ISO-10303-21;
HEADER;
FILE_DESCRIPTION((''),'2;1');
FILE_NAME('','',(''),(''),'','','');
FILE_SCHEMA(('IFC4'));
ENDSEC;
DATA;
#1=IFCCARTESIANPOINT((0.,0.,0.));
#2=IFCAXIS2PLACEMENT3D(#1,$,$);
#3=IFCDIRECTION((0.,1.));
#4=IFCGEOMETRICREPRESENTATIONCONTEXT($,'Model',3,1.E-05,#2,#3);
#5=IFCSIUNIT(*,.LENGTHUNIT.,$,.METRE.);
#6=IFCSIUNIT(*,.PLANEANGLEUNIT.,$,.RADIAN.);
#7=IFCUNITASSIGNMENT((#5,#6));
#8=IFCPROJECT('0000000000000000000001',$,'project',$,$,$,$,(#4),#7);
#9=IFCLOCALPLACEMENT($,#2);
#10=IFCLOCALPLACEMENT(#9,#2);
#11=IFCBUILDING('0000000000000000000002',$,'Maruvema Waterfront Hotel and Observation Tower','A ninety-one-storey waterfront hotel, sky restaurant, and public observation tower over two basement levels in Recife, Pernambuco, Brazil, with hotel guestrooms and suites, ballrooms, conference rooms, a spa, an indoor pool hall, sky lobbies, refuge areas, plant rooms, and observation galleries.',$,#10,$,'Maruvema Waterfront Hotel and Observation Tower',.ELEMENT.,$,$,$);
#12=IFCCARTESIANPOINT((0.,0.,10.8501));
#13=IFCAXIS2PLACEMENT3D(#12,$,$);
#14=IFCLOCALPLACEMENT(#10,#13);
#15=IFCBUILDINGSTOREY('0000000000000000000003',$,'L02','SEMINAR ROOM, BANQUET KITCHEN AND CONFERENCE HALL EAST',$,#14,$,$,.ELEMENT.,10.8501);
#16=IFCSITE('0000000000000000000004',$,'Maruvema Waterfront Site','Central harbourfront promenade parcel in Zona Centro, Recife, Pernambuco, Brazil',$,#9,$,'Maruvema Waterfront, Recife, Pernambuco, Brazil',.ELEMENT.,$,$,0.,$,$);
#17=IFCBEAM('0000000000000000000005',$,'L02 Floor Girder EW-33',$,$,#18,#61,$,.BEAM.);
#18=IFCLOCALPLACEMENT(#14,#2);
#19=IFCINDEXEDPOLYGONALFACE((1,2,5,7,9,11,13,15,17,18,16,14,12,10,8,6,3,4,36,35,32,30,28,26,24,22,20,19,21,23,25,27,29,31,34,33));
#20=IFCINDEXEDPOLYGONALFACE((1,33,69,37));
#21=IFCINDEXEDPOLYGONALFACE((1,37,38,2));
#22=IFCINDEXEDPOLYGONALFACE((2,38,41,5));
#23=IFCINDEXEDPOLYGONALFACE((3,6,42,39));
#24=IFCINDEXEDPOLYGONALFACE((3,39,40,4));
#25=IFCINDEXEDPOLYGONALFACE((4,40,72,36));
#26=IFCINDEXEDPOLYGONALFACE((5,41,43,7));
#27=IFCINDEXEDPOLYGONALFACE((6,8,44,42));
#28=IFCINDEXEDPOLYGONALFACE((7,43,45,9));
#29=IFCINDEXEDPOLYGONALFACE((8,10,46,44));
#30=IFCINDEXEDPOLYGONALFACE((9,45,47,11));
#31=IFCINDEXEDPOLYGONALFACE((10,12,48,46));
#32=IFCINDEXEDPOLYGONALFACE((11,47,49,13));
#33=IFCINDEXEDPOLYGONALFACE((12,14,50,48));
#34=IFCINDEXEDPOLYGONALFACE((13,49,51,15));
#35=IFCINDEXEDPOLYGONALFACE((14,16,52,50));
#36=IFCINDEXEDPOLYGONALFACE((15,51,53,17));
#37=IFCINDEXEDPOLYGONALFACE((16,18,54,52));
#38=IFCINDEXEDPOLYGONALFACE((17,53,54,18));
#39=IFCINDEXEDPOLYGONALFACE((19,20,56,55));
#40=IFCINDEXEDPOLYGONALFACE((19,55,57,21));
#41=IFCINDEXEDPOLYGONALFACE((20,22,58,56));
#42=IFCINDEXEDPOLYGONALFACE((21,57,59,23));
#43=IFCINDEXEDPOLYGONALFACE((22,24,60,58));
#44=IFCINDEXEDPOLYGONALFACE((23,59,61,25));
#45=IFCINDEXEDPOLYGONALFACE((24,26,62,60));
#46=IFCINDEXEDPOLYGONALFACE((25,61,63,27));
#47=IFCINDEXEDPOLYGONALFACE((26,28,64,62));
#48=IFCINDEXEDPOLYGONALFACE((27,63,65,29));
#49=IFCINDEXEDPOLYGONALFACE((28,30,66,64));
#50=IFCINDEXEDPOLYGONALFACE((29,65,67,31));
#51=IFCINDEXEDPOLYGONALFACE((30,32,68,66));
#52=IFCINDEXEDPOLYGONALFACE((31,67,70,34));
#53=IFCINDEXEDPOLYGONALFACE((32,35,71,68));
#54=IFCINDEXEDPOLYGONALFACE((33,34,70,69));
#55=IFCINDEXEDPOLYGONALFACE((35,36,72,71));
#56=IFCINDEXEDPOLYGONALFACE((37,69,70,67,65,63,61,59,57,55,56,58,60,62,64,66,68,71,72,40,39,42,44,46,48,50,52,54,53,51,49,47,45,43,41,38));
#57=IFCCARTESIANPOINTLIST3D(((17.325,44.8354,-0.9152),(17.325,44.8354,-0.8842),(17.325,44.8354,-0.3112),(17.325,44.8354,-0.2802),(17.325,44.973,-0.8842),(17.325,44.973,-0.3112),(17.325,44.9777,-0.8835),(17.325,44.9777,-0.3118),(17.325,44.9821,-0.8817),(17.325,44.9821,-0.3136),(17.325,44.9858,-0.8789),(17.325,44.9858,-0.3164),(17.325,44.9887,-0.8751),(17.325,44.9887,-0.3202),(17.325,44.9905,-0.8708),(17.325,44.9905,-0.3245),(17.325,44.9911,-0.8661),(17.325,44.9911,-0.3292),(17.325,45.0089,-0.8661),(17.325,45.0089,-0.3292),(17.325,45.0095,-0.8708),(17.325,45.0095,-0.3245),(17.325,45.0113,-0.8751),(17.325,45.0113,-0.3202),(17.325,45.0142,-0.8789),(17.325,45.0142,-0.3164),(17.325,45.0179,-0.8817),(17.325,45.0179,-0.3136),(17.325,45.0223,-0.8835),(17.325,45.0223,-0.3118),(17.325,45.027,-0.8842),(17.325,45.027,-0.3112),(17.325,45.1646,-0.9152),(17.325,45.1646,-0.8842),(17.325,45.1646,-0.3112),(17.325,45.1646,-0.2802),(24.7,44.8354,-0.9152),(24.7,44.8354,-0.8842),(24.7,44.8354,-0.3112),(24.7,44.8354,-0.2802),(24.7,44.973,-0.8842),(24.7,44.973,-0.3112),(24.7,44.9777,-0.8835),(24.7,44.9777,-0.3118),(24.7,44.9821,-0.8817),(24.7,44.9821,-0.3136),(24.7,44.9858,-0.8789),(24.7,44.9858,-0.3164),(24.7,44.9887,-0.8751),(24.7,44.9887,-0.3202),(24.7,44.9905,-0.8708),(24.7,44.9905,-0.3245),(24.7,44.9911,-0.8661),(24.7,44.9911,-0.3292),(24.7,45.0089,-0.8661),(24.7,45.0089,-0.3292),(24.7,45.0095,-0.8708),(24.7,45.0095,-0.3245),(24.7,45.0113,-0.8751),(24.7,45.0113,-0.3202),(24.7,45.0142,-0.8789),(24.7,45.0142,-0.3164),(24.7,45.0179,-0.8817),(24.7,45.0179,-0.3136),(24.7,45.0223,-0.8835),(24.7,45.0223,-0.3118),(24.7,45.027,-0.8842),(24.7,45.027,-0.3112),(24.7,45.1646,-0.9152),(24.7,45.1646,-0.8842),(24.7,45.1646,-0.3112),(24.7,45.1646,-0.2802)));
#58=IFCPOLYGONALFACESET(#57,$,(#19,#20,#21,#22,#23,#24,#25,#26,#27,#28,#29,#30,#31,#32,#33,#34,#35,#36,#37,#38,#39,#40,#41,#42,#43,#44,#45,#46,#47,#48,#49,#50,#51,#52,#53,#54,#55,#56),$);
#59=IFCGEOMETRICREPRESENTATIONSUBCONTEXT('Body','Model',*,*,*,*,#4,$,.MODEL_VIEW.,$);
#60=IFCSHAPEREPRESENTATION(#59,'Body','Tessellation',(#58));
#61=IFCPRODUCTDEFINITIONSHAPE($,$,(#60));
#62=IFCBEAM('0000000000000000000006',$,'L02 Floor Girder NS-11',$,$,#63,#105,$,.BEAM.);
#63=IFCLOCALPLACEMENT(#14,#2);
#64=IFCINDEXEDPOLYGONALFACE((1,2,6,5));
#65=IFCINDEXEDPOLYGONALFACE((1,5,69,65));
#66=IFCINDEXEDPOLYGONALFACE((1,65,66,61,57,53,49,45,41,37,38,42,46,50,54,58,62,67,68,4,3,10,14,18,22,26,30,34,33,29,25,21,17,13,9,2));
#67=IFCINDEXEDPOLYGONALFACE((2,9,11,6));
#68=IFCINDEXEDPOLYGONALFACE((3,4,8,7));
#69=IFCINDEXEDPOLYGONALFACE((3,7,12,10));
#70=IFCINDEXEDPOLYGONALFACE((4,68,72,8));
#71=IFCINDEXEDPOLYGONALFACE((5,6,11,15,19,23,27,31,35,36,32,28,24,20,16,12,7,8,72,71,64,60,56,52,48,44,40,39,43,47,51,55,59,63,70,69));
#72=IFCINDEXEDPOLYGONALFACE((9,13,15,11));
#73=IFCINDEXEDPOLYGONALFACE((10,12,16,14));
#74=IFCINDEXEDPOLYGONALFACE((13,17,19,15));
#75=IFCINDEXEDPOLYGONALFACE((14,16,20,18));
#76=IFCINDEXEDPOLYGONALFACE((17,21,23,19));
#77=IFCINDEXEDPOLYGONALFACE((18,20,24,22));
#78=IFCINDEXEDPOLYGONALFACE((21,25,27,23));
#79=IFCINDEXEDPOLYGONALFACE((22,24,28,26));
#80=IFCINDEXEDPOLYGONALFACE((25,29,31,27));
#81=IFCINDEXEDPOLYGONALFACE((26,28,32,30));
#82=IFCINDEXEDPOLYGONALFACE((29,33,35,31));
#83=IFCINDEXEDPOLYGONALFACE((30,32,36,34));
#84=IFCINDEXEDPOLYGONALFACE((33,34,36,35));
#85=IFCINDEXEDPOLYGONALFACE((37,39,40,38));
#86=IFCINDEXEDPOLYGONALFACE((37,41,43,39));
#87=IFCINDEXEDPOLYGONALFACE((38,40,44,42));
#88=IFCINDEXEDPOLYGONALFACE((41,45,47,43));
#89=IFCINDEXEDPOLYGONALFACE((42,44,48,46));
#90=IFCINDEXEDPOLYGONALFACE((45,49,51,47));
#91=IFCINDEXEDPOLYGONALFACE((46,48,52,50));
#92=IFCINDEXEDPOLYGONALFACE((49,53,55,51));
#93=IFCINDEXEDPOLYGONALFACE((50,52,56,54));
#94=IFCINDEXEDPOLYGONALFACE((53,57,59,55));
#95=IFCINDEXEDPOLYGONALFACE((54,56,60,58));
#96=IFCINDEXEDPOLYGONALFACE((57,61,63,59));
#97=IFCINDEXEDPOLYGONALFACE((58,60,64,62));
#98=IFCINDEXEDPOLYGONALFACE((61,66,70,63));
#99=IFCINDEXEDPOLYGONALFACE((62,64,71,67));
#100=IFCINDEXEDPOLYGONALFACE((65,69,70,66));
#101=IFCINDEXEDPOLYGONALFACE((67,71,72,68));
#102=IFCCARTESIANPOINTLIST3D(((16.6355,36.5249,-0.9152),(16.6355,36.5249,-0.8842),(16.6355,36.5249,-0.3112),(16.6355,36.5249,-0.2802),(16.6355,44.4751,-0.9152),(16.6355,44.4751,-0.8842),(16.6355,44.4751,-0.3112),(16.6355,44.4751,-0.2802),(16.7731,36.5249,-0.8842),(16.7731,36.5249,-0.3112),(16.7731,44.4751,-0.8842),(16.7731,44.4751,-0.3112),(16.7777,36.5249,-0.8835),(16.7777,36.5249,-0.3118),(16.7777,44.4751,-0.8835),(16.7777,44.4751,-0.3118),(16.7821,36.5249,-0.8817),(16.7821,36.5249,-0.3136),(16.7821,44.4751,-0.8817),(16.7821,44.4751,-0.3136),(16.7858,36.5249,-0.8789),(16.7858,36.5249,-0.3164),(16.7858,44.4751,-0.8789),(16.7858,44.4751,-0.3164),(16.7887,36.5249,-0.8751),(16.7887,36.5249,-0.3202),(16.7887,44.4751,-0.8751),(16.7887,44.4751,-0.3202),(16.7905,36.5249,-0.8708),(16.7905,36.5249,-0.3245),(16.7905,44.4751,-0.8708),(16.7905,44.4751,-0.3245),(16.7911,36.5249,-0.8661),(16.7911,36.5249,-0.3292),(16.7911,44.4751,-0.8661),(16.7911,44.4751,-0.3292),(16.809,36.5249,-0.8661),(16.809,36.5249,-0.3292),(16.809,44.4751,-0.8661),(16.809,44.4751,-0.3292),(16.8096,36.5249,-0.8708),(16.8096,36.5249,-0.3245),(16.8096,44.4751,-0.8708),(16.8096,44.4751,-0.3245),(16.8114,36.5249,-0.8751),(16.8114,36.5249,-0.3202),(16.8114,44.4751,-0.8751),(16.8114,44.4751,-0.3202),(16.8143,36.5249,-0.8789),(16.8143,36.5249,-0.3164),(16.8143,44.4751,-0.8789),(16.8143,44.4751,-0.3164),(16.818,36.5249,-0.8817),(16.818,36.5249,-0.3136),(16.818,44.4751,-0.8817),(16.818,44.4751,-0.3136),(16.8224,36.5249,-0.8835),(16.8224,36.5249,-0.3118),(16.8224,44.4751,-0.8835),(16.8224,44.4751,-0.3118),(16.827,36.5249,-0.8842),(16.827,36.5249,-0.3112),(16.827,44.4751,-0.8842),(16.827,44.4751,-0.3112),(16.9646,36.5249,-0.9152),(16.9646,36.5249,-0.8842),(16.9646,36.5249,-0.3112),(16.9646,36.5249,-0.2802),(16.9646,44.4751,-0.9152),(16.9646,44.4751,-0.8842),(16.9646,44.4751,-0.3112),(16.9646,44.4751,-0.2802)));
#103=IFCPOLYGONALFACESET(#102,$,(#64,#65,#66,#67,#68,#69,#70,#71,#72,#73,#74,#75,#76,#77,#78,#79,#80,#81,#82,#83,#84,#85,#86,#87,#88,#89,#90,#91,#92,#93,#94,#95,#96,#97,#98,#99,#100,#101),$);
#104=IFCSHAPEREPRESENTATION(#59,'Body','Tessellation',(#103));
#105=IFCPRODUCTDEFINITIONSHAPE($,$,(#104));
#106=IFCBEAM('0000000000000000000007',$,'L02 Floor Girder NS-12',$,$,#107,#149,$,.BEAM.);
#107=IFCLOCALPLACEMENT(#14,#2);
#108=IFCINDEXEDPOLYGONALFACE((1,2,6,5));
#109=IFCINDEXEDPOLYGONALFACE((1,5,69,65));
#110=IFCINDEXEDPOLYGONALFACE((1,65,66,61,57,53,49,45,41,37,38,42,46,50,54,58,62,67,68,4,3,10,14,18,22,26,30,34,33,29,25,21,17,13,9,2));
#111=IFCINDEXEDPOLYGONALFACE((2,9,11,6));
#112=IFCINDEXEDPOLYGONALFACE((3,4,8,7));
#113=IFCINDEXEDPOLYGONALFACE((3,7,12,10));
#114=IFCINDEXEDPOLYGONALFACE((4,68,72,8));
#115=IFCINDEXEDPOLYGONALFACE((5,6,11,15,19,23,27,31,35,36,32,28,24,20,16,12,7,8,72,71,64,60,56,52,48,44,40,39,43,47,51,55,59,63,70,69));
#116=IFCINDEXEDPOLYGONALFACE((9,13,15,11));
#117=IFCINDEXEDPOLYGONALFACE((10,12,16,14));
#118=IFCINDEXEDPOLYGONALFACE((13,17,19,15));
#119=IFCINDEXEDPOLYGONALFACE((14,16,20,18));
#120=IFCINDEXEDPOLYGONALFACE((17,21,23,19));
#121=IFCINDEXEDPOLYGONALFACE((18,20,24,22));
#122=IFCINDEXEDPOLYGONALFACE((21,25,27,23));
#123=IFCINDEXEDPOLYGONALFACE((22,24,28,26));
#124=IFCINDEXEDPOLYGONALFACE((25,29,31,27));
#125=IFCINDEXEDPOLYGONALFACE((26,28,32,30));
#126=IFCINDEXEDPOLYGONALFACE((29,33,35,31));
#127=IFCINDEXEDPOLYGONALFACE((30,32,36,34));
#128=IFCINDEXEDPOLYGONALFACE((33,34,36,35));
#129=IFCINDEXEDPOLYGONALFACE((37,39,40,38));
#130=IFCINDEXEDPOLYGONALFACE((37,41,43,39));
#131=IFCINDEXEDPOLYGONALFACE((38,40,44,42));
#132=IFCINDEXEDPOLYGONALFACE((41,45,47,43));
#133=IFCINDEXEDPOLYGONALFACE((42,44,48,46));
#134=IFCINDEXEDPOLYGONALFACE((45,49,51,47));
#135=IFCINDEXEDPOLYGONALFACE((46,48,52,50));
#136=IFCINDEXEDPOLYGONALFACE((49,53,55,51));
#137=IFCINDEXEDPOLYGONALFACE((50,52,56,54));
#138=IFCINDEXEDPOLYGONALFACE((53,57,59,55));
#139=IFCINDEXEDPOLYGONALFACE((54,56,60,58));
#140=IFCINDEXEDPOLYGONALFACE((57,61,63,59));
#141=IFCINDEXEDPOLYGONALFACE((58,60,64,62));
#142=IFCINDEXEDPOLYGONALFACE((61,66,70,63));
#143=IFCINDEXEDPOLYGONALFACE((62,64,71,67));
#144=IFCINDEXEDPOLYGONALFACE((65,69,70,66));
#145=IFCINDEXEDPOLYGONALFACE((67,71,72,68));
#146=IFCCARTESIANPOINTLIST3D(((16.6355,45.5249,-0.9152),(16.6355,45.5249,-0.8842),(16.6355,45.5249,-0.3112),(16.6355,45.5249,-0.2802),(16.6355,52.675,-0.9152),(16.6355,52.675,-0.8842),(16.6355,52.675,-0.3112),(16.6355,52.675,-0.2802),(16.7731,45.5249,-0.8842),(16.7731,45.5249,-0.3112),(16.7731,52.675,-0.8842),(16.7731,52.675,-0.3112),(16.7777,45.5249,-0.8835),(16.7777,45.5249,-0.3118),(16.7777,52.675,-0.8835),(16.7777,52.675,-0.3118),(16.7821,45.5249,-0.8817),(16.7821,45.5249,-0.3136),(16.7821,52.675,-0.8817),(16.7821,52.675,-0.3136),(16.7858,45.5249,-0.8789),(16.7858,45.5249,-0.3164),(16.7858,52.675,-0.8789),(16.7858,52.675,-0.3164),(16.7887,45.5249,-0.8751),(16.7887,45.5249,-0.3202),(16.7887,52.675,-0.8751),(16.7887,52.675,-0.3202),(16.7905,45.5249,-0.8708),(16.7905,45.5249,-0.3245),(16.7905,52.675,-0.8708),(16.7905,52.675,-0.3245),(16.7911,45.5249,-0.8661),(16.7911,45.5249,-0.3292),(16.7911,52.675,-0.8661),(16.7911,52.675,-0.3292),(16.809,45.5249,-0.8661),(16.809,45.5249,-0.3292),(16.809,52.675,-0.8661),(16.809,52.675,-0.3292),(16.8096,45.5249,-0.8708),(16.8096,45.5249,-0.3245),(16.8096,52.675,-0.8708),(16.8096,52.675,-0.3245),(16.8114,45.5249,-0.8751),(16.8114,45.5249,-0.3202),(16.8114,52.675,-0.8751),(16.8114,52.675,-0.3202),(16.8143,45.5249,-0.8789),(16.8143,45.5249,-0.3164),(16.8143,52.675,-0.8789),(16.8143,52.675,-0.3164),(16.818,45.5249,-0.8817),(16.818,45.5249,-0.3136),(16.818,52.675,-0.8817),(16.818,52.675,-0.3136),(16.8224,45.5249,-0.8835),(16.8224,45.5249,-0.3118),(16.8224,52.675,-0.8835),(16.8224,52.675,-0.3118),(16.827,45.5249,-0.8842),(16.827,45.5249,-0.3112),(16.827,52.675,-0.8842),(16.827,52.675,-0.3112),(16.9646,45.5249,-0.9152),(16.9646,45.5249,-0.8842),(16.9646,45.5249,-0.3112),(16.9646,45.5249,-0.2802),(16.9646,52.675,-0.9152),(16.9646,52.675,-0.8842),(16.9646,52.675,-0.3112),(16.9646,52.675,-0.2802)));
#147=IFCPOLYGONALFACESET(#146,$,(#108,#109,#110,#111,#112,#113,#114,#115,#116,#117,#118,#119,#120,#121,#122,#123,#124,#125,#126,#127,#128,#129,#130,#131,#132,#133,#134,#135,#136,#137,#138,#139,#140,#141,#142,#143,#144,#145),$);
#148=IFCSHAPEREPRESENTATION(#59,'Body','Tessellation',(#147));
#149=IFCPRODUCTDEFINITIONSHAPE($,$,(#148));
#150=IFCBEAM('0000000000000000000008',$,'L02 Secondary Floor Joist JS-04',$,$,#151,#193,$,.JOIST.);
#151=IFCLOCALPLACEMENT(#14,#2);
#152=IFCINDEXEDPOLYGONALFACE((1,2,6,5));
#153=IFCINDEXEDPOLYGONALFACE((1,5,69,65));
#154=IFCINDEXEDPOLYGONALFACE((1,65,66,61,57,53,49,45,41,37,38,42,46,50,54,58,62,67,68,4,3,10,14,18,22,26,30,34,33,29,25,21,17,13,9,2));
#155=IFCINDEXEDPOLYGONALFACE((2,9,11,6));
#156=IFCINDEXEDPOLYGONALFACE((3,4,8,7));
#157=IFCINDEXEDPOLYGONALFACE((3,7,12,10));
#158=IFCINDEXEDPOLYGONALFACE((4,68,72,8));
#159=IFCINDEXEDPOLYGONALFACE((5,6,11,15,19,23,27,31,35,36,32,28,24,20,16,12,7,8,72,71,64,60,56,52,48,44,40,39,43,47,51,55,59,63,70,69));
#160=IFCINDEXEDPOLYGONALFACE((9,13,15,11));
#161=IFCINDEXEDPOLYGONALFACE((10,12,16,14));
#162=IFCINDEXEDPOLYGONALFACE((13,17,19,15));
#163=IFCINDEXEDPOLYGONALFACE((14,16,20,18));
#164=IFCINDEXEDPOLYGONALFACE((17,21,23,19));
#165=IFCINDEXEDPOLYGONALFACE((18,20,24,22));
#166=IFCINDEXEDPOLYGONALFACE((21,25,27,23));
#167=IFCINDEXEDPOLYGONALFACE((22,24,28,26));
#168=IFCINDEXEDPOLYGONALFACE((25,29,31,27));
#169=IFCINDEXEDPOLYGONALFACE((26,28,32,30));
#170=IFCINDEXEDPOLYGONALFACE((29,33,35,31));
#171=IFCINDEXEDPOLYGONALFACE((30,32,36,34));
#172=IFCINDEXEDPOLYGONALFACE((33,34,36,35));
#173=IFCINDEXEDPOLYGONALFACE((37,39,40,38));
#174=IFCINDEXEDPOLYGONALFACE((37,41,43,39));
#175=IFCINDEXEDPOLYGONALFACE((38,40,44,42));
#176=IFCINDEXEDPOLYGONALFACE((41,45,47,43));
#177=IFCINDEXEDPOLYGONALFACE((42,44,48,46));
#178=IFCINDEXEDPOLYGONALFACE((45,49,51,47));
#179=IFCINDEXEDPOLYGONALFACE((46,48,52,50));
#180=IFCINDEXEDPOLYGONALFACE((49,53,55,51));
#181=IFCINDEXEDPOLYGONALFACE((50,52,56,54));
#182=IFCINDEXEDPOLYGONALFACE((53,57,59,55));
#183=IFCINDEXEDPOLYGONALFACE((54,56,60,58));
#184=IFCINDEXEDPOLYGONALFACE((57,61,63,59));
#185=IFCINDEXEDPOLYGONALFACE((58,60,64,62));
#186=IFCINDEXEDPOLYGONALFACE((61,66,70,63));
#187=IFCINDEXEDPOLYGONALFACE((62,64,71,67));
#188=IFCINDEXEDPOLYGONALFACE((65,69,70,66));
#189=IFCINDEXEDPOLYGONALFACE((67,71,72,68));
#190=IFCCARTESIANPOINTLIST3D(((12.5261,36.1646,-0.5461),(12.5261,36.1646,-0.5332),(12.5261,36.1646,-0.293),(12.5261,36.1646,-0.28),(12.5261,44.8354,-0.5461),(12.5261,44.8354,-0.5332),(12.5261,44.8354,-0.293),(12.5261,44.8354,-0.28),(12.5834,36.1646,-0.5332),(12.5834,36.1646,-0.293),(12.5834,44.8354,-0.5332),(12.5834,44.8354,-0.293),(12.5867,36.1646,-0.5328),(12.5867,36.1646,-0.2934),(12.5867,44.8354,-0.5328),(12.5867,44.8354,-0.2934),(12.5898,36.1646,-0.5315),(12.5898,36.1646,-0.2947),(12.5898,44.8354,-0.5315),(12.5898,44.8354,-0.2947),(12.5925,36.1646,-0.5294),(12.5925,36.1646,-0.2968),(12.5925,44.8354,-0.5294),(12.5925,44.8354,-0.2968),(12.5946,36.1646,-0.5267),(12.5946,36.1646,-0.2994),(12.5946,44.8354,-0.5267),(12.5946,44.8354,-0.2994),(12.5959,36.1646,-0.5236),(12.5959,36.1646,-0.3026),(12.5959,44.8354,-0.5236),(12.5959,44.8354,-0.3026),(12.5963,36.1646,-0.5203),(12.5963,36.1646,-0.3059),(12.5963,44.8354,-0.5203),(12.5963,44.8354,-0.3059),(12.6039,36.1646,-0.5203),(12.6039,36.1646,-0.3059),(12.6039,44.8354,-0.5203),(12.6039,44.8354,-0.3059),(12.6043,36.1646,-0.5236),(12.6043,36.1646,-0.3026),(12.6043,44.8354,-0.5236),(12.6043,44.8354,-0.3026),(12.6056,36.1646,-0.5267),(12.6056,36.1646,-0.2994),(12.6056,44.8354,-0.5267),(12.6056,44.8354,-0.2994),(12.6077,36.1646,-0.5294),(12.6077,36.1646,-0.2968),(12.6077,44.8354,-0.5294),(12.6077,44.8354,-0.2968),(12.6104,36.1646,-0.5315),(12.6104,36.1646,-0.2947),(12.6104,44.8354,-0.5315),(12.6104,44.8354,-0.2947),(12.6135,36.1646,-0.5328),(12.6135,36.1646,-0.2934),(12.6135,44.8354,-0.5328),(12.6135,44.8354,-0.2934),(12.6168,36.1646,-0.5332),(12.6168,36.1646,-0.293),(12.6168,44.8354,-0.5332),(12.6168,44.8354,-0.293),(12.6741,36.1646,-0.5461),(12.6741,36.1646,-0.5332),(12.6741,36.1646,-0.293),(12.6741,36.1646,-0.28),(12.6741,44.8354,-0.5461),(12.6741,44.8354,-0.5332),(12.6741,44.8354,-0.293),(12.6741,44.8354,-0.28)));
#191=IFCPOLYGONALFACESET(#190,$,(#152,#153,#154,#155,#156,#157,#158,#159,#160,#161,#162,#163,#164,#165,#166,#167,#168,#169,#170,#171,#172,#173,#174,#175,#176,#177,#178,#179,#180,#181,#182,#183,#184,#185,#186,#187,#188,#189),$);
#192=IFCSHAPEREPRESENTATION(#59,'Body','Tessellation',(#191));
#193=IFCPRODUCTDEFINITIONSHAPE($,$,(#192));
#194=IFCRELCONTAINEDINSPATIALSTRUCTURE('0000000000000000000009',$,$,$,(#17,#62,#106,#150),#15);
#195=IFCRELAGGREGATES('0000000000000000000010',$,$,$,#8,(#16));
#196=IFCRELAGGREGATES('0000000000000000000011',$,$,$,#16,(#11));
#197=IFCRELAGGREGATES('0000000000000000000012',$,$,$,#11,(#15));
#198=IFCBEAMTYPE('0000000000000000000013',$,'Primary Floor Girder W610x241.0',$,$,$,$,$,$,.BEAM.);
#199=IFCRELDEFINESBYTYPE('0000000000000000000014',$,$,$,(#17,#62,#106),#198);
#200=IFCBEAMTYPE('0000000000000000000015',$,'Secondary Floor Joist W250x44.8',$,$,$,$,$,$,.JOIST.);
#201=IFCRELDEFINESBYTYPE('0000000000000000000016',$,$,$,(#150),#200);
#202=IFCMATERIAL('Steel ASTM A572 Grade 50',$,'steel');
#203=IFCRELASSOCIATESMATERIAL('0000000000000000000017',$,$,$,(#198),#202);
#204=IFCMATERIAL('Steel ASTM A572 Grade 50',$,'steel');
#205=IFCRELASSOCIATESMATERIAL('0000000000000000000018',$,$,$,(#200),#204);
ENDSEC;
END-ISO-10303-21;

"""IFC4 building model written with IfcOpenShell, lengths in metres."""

from ifc_helpers import new_model, si_unit, direction, frame, origin, origin_2d, place, context, subcontext, project, spatial, i_section, extrude, material, material_profile, profile_set, type_object, element, save


model = new_model("IFC4")

# Units and contexts
model_context = context("Model", 3, precision=1e-05, world=origin(), true_north=direction((0.0, 1.0)))
body_context = subcontext(model_context, "Body", "Model", "MODEL_VIEW")
ifc_project = project(units=[si_unit("LENGTHUNIT", "METRE"), si_unit("PLANEANGLEUNIT", "RADIAN")], contexts=[model_context])

# Site, building, storey
site_placement = place(None, origin())
site = spatial("IfcSite", under=ifc_project, at=site_placement, Name="Maruvema Waterfront Site", Description="Central harbourfront promenade parcel in Zona Centro, Recife, Pernambuco, Brazil", LongName="Maruvema Waterfront, Recife, Pernambuco, Brazil", CompositionType="ELEMENT", RefElevation=0.0)
building_placement = place(site_placement, origin())
building = spatial("IfcBuilding", under=site, at=building_placement, Name="Maruvema Waterfront Hotel and Observation Tower", Description="A ninety-one-storey waterfront hotel, sky restaurant, and public observation tower over two basement levels in Recife, Pernambuco, Brazil, with hotel guestrooms and suites, ballrooms, conference rooms, a spa, an indoor pool hall, sky lobbies, refuge areas, plant rooms, and observation galleries.", LongName="Maruvema Waterfront Hotel and Observation Tower", CompositionType="ELEMENT")
storey_placement = place(building_placement, frame((0.0, 0.0, 10.8501)))
storey = spatial("IfcBuildingStorey", under=building, at=storey_placement, Name="L02", Description="SEMINAR ROOM, BANQUET KITCHEN AND CONFERENCE HALL EAST", CompositionType="ELEMENT", Elevation=10.8501)

# Beams
ifc_material_1 = material(Name="Steel ASTM A572 Grade 50", Category="steel")
ifc_material_profile_1 = material_profile(ifc_material_1, i_section(OverallWidth=0.3291, OverallDepth=0.635, WebThickness=0.0178, FlangeThickness=0.031, FilletRadius=0.0181, at=origin_2d()), Name="W610x241.0")
ifc_profile_set_1 = profile_set([ifc_material_profile_1], Name="Steel ASTM A572 Grade 50")
beam_type_1 = type_object("IfcBeamType", Name="Primary Floor Girder W610x241.0", PredefinedType="BEAM", material=ifc_profile_set_1)
beam_1_placement = place(storey_placement, frame((17.325, 45.0, -0.5977), z_axis=(1.0, 0.0, 0.0), x_axis=(0.0, 1.0, 0.0)))
element("IfcBeam", 1, at=beam_1_placement, inside=storey, type_object=beam_type_1, Name="L02 Floor Girder EW-33", PredefinedType="BEAM", context=body_context, shape_type="SweptSolid", body=[
    extrude(i_section(OverallWidth=0.3291, OverallDepth=0.635, WebThickness=0.0178, FlangeThickness=0.031, FilletRadius=0.0181, at=origin_2d()), origin(), (0.0, 0.0, 1.0), 7.375),
])
beam_2_placement = place(storey_placement, frame((16.8, 36.5249, -0.5977), z_axis=(0.0, 1.0, 0.0), x_axis=(-1.0, 0.0, 0.0)))
element("IfcBeam", 2, at=beam_2_placement, inside=storey, type_object=beam_type_1, Name="L02 Floor Girder NS-11", PredefinedType="BEAM", context=body_context, shape_type="SweptSolid", body=[
    extrude(i_section(OverallWidth=0.3291, OverallDepth=0.635, WebThickness=0.0178, FlangeThickness=0.031, FilletRadius=0.0181, at=origin_2d()), origin(), (0.0, 0.0, 1.0), 7.9502),
])
beam_3_placement = place(storey_placement, frame((16.8, 45.5249, -0.5977), z_axis=(0.0, 1.0, 0.0), x_axis=(-1.0, 0.0, 0.0)))
element("IfcBeam", 3, at=beam_3_placement, inside=storey, type_object=beam_type_1, Name="L02 Floor Girder NS-12", PredefinedType="BEAM", context=body_context, shape_type="SweptSolid", body=[
    extrude(i_section(OverallWidth=0.3291, OverallDepth=0.635, WebThickness=0.0178, FlangeThickness=0.031, FilletRadius=0.0181, at=origin_2d()), origin(), (0.0, 0.0, 1.0), 7.1501),
])
ifc_material_2 = material(Name="Steel ASTM A572 Grade 50", Category="steel")
ifc_material_profile_2 = material_profile(ifc_material_2, i_section(OverallWidth=0.1479, OverallDepth=0.2661, WebThickness=0.0076, FlangeThickness=0.0129, FilletRadius=0.0129, at=origin_2d()), Name="W250x44.8")
ifc_profile_set_2 = profile_set([ifc_material_profile_2], Name="Steel ASTM A572 Grade 50")
beam_type_2 = type_object("IfcBeamType", Name="Secondary Floor Joist W250x44.8", PredefinedType="JOIST", material=ifc_profile_set_2)
beam_4_placement = place(storey_placement, frame((12.6001, 36.1646, -0.4131), z_axis=(0.0, 1.0, 0.0), x_axis=(-1.0, 0.0, 0.0)))
element("IfcBeam", 4, at=beam_4_placement, inside=storey, type_object=beam_type_2, Name="L02 Secondary Floor Joist JS-04", PredefinedType="JOIST", context=body_context, shape_type="SweptSolid", body=[
    extrude(i_section(OverallWidth=0.1479, OverallDepth=0.2661, WebThickness=0.0076, FlangeThickness=0.0129, FilletRadius=0.0129, at=origin_2d()), origin(), (0.0, 0.0, 1.0), 8.6709),
])

save(model, "model.ifc")
